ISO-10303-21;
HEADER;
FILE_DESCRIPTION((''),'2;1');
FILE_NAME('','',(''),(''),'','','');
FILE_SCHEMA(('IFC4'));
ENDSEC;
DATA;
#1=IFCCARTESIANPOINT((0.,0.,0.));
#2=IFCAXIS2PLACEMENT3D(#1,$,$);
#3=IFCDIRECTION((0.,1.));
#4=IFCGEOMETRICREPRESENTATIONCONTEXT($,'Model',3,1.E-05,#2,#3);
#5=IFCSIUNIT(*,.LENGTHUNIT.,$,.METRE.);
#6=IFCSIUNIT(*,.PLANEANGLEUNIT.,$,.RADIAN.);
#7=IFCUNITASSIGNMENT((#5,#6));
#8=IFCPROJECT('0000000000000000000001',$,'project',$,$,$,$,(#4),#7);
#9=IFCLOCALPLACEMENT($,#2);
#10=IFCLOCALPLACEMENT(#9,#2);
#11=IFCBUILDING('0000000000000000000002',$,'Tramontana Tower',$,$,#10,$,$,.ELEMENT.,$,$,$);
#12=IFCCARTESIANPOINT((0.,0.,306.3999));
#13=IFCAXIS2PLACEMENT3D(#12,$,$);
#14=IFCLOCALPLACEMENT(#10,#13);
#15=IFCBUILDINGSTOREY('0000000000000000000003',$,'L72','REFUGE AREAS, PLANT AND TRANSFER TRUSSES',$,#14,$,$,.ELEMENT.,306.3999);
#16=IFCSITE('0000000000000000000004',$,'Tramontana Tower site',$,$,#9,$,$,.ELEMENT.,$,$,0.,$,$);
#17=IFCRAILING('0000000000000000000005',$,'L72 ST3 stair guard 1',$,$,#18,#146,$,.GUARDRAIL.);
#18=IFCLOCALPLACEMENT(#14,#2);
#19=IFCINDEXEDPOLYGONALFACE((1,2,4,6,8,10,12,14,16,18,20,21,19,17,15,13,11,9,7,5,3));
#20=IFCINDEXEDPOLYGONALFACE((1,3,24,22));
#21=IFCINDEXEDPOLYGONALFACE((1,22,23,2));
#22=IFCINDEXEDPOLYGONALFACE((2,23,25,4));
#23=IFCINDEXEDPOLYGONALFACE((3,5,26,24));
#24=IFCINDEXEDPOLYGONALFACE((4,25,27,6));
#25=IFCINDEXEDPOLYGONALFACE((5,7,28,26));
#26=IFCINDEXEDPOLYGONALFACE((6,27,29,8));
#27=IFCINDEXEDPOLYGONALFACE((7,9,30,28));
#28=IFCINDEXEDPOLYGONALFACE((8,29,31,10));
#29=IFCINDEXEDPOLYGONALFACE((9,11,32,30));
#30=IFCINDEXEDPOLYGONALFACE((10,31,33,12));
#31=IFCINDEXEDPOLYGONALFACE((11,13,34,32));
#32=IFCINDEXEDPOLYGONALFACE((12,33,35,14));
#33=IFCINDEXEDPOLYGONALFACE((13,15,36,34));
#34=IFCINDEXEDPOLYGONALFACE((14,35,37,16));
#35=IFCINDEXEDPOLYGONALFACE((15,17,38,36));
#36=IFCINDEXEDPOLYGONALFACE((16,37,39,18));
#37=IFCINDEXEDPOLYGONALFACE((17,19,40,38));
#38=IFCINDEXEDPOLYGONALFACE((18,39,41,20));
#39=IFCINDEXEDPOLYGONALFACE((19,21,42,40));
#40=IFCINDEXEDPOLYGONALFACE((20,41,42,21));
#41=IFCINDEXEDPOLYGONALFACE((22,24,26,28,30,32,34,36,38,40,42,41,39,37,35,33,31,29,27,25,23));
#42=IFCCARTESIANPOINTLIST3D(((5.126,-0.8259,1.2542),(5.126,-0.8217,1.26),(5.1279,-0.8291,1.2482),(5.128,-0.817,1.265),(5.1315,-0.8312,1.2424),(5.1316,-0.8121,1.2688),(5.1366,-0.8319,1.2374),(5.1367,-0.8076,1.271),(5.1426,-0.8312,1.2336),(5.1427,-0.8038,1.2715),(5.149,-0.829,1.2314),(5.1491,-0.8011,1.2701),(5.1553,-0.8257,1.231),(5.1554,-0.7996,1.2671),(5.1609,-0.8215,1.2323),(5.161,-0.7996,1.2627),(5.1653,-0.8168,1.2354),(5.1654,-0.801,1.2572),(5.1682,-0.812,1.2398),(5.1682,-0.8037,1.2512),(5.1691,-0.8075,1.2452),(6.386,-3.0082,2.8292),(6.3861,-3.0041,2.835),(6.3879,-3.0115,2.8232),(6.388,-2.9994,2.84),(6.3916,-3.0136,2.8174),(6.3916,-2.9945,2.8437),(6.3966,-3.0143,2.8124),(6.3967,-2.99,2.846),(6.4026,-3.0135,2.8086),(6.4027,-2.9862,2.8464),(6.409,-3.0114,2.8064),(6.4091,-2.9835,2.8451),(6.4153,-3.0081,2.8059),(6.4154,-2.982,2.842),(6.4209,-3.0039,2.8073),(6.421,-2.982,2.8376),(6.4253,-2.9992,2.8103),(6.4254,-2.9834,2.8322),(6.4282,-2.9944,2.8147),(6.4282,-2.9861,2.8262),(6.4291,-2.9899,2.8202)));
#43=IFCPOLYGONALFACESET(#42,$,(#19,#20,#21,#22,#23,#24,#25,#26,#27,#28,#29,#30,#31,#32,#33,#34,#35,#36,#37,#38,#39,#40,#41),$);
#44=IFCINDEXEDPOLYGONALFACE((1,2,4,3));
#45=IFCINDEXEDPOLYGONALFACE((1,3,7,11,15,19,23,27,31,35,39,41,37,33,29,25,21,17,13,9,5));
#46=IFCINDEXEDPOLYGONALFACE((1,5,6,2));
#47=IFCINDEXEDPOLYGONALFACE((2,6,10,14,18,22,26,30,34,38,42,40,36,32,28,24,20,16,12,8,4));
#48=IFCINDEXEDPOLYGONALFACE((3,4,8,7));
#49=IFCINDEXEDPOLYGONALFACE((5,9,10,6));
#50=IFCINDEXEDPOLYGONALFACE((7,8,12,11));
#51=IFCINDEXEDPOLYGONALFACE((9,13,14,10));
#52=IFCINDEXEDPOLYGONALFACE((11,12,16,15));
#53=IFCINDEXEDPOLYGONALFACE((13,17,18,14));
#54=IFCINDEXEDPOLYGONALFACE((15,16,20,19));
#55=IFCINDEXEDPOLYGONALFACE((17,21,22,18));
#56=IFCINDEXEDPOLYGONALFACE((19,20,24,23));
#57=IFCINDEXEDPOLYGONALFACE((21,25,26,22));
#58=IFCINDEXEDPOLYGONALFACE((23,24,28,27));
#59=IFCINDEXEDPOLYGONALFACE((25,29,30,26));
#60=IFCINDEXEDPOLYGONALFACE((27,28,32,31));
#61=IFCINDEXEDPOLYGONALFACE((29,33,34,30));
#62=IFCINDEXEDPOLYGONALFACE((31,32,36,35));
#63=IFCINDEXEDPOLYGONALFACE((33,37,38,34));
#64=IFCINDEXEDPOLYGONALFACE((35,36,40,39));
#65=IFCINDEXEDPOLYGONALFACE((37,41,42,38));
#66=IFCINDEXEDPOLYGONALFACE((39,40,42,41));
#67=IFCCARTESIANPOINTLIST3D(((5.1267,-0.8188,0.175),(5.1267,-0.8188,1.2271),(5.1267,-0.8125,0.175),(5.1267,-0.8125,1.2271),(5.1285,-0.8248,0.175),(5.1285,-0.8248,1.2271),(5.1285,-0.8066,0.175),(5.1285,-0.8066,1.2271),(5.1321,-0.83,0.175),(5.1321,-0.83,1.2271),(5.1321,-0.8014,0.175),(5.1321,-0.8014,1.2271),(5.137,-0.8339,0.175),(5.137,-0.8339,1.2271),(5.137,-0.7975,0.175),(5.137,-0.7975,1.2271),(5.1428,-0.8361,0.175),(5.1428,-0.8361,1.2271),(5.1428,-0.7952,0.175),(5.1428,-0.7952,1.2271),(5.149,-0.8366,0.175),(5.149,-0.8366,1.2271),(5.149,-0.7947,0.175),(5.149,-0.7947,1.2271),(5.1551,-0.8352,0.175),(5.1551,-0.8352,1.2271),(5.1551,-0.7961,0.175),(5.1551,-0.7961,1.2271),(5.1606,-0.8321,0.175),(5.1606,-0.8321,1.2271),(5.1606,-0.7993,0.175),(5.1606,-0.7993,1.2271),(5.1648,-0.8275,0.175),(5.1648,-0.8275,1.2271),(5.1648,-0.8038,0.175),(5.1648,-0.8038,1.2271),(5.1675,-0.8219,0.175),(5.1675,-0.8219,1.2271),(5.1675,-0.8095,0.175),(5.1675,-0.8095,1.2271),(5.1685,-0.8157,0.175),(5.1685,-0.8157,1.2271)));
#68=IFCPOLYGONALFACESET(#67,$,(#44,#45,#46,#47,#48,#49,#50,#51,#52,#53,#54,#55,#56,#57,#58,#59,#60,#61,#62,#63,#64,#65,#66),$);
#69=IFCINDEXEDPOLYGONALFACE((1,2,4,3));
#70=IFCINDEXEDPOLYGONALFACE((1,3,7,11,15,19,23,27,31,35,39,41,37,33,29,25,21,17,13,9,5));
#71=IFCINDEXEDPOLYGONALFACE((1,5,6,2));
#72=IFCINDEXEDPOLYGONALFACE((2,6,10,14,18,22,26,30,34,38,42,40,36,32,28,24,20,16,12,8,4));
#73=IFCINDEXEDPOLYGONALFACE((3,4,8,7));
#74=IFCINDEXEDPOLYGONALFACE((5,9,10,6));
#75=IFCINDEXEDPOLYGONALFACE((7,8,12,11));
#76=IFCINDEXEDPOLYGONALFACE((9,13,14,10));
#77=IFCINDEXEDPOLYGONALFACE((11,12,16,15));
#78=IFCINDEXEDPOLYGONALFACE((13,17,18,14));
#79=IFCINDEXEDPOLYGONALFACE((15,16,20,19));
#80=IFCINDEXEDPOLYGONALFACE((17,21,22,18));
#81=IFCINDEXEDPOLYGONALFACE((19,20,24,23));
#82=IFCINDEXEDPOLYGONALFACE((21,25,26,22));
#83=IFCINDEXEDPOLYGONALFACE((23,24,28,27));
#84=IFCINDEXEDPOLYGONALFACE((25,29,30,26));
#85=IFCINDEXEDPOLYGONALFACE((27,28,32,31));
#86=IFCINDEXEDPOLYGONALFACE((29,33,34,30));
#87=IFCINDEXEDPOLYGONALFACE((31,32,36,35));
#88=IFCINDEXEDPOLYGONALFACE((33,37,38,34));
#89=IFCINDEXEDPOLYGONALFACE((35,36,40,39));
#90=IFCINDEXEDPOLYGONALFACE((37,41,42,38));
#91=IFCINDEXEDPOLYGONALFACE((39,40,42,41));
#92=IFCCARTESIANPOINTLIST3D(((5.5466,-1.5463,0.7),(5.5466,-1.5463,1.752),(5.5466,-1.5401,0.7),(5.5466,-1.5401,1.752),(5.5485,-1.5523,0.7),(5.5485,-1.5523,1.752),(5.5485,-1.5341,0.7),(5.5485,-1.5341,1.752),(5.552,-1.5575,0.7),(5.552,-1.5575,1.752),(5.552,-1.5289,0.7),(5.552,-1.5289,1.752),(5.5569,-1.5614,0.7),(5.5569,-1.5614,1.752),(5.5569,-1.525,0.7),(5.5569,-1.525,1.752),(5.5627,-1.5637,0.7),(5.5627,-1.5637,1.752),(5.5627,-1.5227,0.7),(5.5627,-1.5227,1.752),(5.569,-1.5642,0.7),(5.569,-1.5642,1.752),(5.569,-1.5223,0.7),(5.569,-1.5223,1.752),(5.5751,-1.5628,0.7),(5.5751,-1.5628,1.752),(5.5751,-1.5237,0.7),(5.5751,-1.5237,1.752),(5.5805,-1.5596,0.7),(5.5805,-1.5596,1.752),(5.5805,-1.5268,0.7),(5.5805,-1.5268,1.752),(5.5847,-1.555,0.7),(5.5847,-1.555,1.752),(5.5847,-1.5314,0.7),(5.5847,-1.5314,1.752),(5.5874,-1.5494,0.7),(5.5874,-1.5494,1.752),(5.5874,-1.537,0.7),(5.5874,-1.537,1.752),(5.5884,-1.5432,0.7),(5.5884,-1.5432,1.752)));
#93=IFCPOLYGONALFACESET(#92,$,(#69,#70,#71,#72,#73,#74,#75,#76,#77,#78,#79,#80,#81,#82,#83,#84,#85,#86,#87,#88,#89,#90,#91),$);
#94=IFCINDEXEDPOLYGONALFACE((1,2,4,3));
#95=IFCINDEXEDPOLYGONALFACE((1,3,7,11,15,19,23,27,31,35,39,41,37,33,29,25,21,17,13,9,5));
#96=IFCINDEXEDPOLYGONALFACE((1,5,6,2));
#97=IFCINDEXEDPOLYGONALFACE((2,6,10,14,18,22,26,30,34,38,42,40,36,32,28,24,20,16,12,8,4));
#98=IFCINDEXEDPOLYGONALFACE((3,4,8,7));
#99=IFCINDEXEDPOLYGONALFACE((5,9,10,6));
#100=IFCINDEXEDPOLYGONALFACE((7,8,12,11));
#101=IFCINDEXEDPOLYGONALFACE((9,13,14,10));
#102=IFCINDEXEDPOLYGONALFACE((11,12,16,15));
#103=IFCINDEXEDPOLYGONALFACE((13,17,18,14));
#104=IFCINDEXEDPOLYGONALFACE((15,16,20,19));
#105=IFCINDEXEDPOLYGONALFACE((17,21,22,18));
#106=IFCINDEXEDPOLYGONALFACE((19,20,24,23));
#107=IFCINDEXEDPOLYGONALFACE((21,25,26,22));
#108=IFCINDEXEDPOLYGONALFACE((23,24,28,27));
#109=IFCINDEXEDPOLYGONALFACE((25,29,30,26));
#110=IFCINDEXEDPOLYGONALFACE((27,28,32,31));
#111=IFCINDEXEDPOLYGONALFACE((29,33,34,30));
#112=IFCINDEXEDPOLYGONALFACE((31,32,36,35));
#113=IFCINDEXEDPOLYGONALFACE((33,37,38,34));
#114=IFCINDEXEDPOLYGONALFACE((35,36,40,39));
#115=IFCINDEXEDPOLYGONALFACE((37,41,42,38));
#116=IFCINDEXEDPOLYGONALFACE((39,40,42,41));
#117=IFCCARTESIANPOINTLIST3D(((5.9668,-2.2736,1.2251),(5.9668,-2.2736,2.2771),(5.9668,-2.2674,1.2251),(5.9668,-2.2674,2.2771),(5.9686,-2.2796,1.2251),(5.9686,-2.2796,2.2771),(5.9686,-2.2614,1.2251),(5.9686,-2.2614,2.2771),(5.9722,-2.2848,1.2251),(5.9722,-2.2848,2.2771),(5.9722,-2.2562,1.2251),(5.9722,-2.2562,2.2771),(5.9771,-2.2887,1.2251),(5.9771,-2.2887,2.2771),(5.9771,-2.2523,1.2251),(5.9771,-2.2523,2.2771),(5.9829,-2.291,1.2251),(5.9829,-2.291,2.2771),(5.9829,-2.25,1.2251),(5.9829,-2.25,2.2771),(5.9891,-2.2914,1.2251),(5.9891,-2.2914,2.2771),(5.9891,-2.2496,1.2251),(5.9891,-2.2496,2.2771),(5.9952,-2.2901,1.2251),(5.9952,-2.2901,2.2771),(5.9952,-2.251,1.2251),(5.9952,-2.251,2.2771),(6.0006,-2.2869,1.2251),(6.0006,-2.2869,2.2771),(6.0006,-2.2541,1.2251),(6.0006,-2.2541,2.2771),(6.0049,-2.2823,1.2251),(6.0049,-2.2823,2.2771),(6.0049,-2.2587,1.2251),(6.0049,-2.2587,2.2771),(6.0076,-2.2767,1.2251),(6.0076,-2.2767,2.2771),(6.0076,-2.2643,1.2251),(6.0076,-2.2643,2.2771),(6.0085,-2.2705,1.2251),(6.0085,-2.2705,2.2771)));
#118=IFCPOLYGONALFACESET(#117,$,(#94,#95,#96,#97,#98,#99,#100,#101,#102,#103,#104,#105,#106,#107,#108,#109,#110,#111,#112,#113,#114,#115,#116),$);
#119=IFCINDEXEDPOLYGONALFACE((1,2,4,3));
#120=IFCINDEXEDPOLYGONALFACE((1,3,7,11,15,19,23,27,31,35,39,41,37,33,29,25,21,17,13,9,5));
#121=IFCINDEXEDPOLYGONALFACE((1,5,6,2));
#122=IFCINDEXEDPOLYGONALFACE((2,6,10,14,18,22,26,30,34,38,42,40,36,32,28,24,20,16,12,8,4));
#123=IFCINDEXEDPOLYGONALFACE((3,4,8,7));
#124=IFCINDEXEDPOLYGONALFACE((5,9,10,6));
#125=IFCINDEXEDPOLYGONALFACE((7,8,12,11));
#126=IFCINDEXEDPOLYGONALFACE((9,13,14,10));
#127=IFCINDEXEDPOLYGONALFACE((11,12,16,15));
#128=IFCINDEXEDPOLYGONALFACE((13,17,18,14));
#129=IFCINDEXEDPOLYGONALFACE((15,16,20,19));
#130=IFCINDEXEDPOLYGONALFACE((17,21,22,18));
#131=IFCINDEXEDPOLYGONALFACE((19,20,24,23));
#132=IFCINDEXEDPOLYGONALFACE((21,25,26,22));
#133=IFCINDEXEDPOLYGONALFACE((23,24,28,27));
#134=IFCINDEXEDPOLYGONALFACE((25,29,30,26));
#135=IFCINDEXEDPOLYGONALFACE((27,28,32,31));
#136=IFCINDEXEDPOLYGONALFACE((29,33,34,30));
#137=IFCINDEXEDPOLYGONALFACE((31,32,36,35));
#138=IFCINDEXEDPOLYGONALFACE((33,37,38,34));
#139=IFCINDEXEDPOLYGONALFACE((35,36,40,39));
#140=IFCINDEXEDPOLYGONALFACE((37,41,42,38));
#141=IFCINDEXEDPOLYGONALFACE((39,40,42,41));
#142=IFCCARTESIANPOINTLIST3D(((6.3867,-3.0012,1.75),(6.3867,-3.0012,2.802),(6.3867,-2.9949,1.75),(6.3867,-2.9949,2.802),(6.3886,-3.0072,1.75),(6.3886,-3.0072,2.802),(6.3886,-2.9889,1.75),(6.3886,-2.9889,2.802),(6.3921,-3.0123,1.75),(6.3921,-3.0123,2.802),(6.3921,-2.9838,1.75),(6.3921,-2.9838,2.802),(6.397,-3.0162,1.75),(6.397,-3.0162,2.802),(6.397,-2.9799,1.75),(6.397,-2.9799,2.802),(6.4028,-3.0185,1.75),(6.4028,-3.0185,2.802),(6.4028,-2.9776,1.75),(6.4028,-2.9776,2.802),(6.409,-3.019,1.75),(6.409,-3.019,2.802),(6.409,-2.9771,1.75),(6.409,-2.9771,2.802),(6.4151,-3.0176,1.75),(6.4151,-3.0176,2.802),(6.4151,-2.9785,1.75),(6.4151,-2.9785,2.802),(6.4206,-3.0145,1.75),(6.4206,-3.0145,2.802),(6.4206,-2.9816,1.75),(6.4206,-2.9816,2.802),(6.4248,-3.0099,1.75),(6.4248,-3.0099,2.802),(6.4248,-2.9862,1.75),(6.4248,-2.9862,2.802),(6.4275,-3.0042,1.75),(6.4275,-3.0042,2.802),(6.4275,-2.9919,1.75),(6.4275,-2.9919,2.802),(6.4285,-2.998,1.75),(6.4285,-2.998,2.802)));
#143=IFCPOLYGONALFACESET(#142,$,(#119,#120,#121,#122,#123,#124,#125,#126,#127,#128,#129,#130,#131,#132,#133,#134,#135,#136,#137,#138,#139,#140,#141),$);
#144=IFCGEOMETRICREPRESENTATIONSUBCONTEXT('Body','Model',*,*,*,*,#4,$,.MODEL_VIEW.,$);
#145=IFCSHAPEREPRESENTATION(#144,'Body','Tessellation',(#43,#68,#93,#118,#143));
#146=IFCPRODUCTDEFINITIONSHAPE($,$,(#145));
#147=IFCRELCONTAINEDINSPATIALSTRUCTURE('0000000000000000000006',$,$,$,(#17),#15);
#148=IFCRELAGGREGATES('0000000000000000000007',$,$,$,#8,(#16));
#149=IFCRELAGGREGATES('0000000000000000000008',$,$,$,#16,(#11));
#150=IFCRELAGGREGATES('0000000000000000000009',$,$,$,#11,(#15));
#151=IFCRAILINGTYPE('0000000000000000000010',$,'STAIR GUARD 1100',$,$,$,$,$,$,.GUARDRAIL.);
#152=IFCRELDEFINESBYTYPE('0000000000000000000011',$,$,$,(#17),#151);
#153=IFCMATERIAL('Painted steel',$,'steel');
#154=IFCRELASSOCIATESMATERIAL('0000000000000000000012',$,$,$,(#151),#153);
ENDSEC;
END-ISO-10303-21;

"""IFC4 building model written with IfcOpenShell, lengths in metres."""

from ifc_helpers import new_model, si_unit, direction, frame, origin, origin_2d, place, context, subcontext, project, spatial, circle, extrude, material, type_object, element, save


model = new_model("IFC4")

# Units and contexts
model_context = context("Model", 3, precision=1e-05, world=origin(), true_north=direction((0.0, 1.0)))
body_context = subcontext(model_context, "Body", "Model", "MODEL_VIEW")
ifc_project = project(units=[si_unit("LENGTHUNIT", "METRE"), si_unit("PLANEANGLEUNIT", "RADIAN")], contexts=[model_context])

# Site, building, storey
site_placement = place(None, origin())
site = spatial("IfcSite", under=ifc_project, at=site_placement, Name="Tramontana Tower site", CompositionType="ELEMENT", RefElevation=0.0)
building_placement = place(site_placement, origin())
building = spatial("IfcBuilding", under=site, at=building_placement, Name="Tramontana Tower", CompositionType="ELEMENT")
storey_placement = place(building_placement, frame((0.0, 0.0, 306.3999)))
storey = spatial("IfcBuildingStorey", under=building, at=storey_placement, Name="L72", Description="REFUGE AREAS, PLANT AND TRANSFER TRUSSES", CompositionType="ELEMENT", Elevation=306.3999)

# Railing
ifc_material_1 = material(Name="Painted steel", Category="steel")
railing_type_1 = type_object("IfcRailingType", Name="STAIR GUARD 1100", PredefinedType="GUARDRAIL", material=ifc_material_1)
for number, where, name in (
    (1, (5.1475, -0.8157, 0.175), "L72 ST3 stair guard 1"),
):
    element("IfcRailing", number, at=place(storey_placement, frame(where)), inside=storey, type_object=railing_type_1, Name=name, PredefinedType="GUARDRAIL", context=body_context, shape_type="SweptSolid", body=[
        extrude(circle(Radius=0.0239, at=origin_2d()), frame((0.0, 0.0, 1.0762), z_axis=(0.424007, -0.734392, 0.529988), x_axis=(0.866023, 0.500005, 0.0)), (0.0, 0.0, 1.0), 2.9717),
        extrude(circle(Radius=0.021, at=origin_2d()), origin(), (0.0, 0.0, 1.0), 1.052),
        extrude(circle(Radius=0.021, at=origin_2d()), frame((0.4199, -0.7275, 0.5249)), (0.0, 0.0, 1.0), 1.052),
        extrude(circle(Radius=0.021, at=origin_2d()), frame((0.8401, -1.4548, 1.05)), (0.0, 0.0, 1.0), 1.052),
        extrude(circle(Radius=0.021, at=origin_2d()), frame((1.26, -2.1824, 1.575)), (0.0, 0.0, 1.0), 1.052),
    ])

save(model, "model.ifc")
